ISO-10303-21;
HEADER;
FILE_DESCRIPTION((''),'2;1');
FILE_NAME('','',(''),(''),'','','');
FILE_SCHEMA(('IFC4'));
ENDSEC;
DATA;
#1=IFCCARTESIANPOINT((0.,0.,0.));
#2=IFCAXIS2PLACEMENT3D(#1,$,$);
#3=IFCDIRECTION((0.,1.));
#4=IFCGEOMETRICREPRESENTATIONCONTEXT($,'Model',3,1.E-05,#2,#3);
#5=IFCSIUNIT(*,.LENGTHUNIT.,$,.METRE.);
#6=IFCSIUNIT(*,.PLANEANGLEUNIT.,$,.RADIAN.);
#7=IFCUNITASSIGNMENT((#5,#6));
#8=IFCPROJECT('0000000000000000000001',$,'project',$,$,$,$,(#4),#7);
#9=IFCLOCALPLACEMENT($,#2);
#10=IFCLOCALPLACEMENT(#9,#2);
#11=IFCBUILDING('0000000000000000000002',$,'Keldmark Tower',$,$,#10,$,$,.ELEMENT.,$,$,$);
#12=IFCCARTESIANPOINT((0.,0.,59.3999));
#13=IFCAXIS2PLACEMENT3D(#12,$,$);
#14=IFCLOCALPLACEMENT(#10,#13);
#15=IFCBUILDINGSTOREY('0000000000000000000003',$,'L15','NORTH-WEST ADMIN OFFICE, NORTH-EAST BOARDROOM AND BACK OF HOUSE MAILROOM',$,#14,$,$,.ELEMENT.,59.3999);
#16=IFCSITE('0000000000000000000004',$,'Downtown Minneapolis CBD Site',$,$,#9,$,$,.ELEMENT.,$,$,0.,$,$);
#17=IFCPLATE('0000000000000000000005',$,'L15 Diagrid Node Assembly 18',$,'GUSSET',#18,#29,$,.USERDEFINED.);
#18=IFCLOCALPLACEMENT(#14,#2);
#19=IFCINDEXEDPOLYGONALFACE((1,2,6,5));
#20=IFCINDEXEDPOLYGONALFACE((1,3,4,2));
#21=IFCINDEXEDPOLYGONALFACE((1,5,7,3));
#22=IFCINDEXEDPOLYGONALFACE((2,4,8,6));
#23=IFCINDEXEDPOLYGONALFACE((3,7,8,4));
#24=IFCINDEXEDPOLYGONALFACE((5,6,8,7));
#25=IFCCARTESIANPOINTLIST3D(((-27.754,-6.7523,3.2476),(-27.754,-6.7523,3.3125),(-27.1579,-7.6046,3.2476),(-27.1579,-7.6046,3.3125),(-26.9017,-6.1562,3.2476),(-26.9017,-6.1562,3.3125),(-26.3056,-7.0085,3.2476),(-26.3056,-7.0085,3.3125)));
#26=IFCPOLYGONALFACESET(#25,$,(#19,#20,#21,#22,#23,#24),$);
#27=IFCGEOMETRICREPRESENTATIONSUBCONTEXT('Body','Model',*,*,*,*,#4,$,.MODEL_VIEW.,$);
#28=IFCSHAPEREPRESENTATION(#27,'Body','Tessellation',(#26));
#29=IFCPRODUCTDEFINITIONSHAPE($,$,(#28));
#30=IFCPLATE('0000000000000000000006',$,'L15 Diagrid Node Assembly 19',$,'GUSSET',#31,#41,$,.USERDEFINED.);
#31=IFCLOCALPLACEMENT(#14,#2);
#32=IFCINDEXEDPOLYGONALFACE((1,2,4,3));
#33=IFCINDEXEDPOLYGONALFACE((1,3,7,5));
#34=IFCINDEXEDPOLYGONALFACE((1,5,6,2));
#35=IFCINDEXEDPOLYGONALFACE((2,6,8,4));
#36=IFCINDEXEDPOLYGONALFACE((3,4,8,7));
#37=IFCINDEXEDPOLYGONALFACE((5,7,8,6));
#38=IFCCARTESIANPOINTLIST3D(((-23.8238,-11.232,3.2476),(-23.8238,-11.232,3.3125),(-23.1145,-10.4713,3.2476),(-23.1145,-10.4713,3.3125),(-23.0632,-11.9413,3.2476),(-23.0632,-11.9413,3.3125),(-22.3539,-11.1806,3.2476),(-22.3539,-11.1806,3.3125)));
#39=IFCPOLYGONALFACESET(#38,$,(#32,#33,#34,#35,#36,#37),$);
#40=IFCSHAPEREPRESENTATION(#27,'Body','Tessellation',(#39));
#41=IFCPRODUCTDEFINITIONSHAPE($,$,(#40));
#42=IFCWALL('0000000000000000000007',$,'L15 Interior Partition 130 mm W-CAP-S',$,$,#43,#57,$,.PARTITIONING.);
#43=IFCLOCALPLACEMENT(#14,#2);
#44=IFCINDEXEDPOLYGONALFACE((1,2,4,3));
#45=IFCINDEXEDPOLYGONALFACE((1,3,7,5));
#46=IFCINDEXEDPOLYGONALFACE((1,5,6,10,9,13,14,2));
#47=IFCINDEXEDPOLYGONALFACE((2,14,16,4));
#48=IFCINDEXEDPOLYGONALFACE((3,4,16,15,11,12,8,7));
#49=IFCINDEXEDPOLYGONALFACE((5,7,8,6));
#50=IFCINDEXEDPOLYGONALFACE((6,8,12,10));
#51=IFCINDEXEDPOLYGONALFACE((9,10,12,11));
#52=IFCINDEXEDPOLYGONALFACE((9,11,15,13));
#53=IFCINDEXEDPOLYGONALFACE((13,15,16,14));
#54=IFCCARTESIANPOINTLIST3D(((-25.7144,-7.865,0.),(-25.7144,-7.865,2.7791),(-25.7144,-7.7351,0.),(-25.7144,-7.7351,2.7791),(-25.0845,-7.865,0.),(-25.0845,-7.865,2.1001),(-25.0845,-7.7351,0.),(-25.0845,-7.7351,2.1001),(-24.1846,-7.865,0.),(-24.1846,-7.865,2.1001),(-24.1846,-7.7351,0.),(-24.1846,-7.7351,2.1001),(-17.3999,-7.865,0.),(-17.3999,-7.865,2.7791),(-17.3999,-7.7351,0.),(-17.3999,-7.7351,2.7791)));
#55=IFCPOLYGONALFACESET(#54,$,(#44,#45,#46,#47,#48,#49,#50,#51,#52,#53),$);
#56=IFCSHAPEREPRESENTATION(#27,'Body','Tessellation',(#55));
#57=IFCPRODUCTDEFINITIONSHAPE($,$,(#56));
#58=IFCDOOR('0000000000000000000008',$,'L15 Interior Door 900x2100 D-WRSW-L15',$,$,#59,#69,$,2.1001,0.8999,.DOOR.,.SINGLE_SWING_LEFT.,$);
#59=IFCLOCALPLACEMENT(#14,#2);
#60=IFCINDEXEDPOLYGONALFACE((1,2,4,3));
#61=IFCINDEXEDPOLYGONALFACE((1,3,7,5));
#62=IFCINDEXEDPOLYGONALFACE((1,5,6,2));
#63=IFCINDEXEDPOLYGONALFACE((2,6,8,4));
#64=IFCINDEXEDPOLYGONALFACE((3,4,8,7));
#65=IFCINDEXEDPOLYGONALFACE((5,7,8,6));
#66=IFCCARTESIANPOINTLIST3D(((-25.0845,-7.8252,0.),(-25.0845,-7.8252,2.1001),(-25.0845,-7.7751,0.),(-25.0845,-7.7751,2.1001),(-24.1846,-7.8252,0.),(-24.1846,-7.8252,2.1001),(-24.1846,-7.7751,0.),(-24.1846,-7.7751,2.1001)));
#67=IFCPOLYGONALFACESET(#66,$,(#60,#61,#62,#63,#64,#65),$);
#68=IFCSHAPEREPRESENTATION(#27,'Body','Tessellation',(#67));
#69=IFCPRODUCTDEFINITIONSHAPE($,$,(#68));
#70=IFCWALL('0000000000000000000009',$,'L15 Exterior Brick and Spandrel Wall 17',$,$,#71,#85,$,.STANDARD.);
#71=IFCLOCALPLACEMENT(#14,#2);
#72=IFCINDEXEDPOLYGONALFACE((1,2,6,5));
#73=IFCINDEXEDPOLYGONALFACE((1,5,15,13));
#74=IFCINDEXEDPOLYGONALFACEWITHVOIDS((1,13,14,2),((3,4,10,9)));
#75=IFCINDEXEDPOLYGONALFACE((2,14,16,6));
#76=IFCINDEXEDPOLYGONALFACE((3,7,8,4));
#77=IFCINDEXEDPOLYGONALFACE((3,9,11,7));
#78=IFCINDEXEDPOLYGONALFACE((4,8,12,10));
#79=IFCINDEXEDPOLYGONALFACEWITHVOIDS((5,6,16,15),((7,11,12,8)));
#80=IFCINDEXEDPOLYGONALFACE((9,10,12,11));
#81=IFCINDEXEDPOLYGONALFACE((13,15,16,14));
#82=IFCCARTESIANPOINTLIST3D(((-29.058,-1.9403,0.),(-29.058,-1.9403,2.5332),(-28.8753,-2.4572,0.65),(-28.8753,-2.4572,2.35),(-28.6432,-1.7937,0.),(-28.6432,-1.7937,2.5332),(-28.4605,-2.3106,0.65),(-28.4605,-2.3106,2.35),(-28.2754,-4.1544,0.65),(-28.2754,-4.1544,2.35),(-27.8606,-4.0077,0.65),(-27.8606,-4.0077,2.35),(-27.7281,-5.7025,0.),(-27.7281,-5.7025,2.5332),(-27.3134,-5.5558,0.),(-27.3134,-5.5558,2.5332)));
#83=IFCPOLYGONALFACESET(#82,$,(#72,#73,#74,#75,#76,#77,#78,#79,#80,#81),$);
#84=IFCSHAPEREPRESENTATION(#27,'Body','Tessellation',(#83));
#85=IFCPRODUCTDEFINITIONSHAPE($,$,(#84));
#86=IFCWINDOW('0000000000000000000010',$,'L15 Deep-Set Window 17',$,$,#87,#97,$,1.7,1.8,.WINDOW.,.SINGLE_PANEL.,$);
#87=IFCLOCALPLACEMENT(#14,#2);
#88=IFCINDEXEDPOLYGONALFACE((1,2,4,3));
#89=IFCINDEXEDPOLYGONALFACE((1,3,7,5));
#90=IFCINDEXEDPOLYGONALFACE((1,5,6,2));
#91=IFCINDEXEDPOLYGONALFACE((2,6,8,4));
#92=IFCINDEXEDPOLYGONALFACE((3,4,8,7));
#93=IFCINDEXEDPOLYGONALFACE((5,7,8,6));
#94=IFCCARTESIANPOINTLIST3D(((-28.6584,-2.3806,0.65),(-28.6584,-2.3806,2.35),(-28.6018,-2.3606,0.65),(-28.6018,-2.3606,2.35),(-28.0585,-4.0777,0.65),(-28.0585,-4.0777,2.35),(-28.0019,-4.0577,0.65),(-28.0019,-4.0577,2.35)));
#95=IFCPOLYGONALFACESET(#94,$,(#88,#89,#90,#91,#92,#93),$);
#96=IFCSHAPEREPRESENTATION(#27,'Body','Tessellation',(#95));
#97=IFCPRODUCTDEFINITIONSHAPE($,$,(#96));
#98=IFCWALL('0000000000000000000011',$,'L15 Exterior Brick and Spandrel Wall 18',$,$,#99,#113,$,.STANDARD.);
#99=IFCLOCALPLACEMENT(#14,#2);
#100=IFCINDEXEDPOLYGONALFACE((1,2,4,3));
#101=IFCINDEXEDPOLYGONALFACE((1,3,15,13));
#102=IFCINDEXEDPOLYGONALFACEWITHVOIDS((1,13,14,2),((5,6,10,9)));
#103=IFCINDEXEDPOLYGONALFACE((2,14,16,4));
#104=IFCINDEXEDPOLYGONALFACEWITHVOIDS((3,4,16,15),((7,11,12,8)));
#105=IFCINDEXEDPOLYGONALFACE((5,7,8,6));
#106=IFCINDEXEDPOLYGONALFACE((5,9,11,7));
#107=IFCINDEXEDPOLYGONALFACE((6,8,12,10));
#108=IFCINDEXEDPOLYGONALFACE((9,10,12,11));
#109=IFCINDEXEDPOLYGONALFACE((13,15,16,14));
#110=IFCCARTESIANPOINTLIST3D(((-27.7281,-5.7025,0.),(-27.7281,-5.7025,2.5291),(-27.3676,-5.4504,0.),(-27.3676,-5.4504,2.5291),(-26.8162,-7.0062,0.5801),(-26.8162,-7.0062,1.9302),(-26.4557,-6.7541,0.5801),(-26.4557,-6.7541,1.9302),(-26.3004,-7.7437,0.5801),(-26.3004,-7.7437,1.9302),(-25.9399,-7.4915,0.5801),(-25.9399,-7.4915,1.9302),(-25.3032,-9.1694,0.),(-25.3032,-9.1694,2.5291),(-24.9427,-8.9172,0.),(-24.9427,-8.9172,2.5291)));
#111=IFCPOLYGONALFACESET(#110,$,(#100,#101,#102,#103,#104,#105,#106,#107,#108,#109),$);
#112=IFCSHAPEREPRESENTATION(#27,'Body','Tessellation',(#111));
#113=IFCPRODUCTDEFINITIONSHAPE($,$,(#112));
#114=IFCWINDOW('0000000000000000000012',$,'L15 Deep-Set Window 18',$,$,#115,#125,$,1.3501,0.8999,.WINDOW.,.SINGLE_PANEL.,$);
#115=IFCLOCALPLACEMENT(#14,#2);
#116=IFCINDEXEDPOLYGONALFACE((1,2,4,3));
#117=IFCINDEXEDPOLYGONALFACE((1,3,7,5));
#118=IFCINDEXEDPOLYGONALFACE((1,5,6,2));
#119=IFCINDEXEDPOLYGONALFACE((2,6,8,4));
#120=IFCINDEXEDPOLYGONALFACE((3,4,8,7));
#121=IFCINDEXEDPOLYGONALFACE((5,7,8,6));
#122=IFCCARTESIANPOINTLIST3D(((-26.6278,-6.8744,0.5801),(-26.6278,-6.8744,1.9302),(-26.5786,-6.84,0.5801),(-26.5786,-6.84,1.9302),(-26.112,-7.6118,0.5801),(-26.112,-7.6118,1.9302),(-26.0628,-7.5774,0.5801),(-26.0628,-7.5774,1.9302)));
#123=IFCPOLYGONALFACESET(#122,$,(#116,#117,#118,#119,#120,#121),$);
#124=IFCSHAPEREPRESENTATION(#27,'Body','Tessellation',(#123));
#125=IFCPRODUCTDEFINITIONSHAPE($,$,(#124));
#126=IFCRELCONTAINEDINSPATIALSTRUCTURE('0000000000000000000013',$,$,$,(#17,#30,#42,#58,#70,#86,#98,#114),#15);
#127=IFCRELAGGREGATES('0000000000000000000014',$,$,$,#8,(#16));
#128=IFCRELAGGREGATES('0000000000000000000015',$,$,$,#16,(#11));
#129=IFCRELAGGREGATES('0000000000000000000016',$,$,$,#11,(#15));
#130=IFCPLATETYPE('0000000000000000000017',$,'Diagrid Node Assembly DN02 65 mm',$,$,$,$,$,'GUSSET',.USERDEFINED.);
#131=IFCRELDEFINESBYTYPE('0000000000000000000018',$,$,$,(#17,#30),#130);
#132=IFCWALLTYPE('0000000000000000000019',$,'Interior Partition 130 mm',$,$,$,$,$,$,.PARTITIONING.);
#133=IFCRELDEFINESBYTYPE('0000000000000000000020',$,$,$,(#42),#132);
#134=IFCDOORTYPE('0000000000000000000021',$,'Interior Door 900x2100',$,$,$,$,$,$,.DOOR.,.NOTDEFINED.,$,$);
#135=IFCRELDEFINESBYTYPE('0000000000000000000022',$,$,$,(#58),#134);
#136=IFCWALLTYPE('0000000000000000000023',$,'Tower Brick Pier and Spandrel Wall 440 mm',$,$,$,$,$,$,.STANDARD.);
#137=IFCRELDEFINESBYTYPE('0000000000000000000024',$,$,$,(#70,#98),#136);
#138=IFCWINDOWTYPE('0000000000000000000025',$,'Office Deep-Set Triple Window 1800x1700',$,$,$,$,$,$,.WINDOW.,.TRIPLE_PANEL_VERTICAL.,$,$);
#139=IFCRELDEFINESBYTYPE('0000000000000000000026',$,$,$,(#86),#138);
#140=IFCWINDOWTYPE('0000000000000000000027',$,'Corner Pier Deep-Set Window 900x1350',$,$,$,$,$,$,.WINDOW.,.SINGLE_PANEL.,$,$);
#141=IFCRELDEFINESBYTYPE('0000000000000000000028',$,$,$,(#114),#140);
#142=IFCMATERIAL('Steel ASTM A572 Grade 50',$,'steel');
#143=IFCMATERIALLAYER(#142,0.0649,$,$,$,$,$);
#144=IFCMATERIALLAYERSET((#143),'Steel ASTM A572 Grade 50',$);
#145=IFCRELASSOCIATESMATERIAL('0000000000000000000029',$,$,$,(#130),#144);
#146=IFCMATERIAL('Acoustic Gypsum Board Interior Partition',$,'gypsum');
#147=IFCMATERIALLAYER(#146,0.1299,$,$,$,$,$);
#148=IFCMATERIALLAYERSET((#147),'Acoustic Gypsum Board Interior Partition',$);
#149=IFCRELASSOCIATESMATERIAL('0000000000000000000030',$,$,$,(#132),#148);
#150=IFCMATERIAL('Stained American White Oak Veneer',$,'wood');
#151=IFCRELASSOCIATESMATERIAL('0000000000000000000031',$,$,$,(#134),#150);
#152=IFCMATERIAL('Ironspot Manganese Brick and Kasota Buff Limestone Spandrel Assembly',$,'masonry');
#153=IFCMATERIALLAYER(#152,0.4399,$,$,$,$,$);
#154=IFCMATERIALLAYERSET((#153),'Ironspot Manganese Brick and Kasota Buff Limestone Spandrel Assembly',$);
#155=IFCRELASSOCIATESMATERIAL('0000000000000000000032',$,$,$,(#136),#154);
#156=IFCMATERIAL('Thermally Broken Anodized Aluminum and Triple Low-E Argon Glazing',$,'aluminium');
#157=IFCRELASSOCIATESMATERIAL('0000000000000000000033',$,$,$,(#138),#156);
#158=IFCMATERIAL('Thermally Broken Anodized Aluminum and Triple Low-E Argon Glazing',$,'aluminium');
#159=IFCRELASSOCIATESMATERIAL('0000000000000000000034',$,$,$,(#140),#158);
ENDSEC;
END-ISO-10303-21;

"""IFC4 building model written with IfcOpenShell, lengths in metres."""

from ifc_helpers import new_model, si_unit, direction, frame, frame_2d, origin, origin_2d, place, context, subcontext, project, spatial, rectangle, extrude, material, layer, layer_set, type_object, element, fill, save


model = new_model("IFC4")

# Units and contexts
model_context = context("Model", 3, precision=1e-05, world=origin(), true_north=direction((0.0, 1.0)))
body_context = subcontext(model_context, "Body", "Model", "MODEL_VIEW")
ifc_project = project(units=[si_unit("LENGTHUNIT", "METRE"), si_unit("PLANEANGLEUNIT", "RADIAN")], contexts=[model_context])

# Site, building, storey
site_placement = place(None, origin())
site = spatial("IfcSite", under=ifc_project, at=site_placement, Name="Downtown Minneapolis CBD Site", CompositionType="ELEMENT", RefElevation=0.0)
building_placement = place(site_placement, origin())
building = spatial("IfcBuilding", under=site, at=building_placement, Name="Keldmark Tower", CompositionType="ELEMENT")
storey_placement = place(building_placement, frame((0.0, 0.0, 59.3999)))
storey = spatial("IfcBuildingStorey", under=building, at=storey_placement, Name="L15", Description="NORTH-WEST ADMIN OFFICE, NORTH-EAST BOARDROOM AND BACK OF HOUSE MAILROOM", CompositionType="ELEMENT", Elevation=59.3999)

# Plates
ifc_material_1 = material(Name="Steel ASTM A572 Grade 50", Category="steel")
ifc_layer_1 = layer(ifc_material_1, 0.0649)
ifc_layer_set_1 = layer_set([ifc_layer_1], Name="Steel ASTM A572 Grade 50")
plate_type = type_object("IfcPlateType", Name="Diagrid Node Assembly DN02 65 mm", ElementType="GUSSET", PredefinedType="USERDEFINED", material=ifc_layer_set_1)
for number, where, z_axis, x_axis, name in (
    (1, (-27.0298, -6.8804, 3.2476), (0.0, 0.0, 1.0), (0.573147, -0.819452, 0.0), "L15 Diagrid Node Assembly 18"),
    (2, (-23.0889, -11.2063, 3.2476), (0.0, 0.0, 1.0), (0.731354, -0.681998, 0.0), "L15 Diagrid Node Assembly 19"),
):
    element("IfcPlate", number, at=place(storey_placement, frame(where, z_axis=z_axis, x_axis=x_axis)), inside=storey, type_object=plate_type, Name=name, ObjectType="GUSSET", PredefinedType="USERDEFINED", context=body_context, shape_type="SweptSolid", body=[
        extrude(rectangle(XDim=1.04, YDim=1.04, at=origin_2d()), origin(), (0.0, 0.0, 1.0), 0.0649),
    ])

# Wall, opening, door
ifc_material_2 = material(Name="Acoustic Gypsum Board Interior Partition", Category="gypsum")
ifc_layer_2 = layer(ifc_material_2, 0.1299)
ifc_layer_set_2 = layer_set([ifc_layer_2], Name="Acoustic Gypsum Board Interior Partition")
wall_type_1 = type_object("IfcWallType", Name="Interior Partition 130 mm", PredefinedType="PARTITIONING", material=ifc_layer_set_2)
wall_1_placement = place(storey_placement, frame((-25.7144, -7.8, 0.0), z_axis=(0.0, 0.0, 1.0), x_axis=(1.0, 0.0, 0.0)))
wall_1 = element("IfcWall", 3, at=wall_1_placement, inside=storey, type_object=wall_type_1, Name="L15 Interior Partition 130 mm W-CAP-S", PredefinedType="PARTITIONING", context=body_context, shape_type="SweptSolid", body=[
    extrude(rectangle(XDim=8.3145, YDim=0.1299, at=frame_2d((4.1572, 0.0))), origin(), (0.0, 0.0, 1.0), 2.7791),
])
opening_1_placement = place(wall_1_placement, frame((0.6299, 0.0, 0.0)))
opening_1 = element("IfcOpeningElement", 4, at=opening_1_placement, cuts=wall_1, PredefinedType="OPENING", context=body_context, shape_type="SweptSolid", body=[
    extrude(rectangle(XDim=0.8999, YDim=2.1001, at=frame_2d((0.45, 1.05))), frame((0.0, 0.075, 0.0), z_axis=(0.0, -1.0, 0.0), x_axis=(1.0, 0.0, 0.0)), (0.0, 0.0, 1.0), 0.1499),
])
ifc_material_3 = material(Name="Stained American White Oak Veneer", Category="wood")
door_type = type_object("IfcDoorType", Name="Interior Door 900x2100", OperationType="NOTDEFINED", PredefinedType="DOOR", material=ifc_material_3)
door_placement = place(opening_1_placement, origin())
door = element("IfcDoor", 5, at=door_placement, inside=storey, type_object=door_type, Name="L15 Interior Door 900x2100 D-WRSW-L15", OperationType="SINGLE_SWING_LEFT", OverallHeight=2.1001, OverallWidth=0.8999, PredefinedType="DOOR", context=body_context, shape_type="SweptSolid", body=[
    extrude(rectangle(XDim=0.8999, YDim=2.1001, at=frame_2d((0.45, 1.05))), frame((0.0, 0.0249, 0.0), z_axis=(0.0, -1.0, 0.0), x_axis=(1.0, 0.0, 0.0)), (0.0, 0.0, 1.0), 0.05),
])
fill(opening_1, door)

# Walls, openings, windows
ifc_material_4 = material(Name="Ironspot Manganese Brick and Kasota Buff Limestone Spandrel Assembly", Category="masonry")
ifc_layer_3 = layer(ifc_material_4, 0.4399)
ifc_layer_set_3 = layer_set([ifc_layer_3], Name="Ironspot Manganese Brick and Kasota Buff Limestone Spandrel Assembly")
wall_type_2 = type_object("IfcWallType", Name="Tower Brick Pier and Spandrel Wall 440 mm", PredefinedType="STANDARD", material=ifc_layer_set_3)
wall_2_placement = place(storey_placement, frame((-27.5208, -5.6292, 0.0), z_axis=(0.0, 0.0, 1.0), x_axis=(-0.333265, 0.942833, 0.0)))
wall_2 = element("IfcWall", 6, at=wall_2_placement, inside=storey, type_object=wall_type_2, Name="L15 Exterior Brick and Spandrel Wall 17", PredefinedType="STANDARD", context=body_context, shape_type="SweptSolid", body=[
    extrude(rectangle(XDim=3.9902, YDim=0.4399, at=frame_2d((1.9951, 0.0))), origin(), (0.0, 0.0, 1.0), 2.5332),
])
opening_2_placement = place(wall_2_placement, frame((1.6421, 0.0, 0.6499)))
opening_2 = element("IfcOpeningElement", 7, at=opening_2_placement, cuts=wall_2, PredefinedType="OPENING", context=body_context, shape_type="SweptSolid", body=[
    extrude(rectangle(XDim=1.8, YDim=1.7, at=frame_2d((0.8999, 0.8501))), frame((0.0, 0.23, 0.0), z_axis=(0.0, -1.0, 0.0), x_axis=(1.0, 0.0, 0.0)), (0.0, 0.0, 1.0), 0.46),
])
ifc_material_5 = material(Name="Thermally Broken Anodized Aluminum and Triple Low-E Argon Glazing", Category="aluminium")
window_type_1 = type_object("IfcWindowType", Name="Office Deep-Set Triple Window 1800x1700", PartitioningType="TRIPLE_PANEL_VERTICAL", PredefinedType="WINDOW", material=ifc_material_5)
window_1_placement = place(opening_2_placement, origin())
window_1 = element("IfcWindow", 8, at=window_1_placement, inside=storey, type_object=window_type_1, Name="L15 Deep-Set Window 17", OverallHeight=1.7, OverallWidth=1.8, PartitioningType="SINGLE_PANEL", PredefinedType="WINDOW", context=body_context, shape_type="SweptSolid", body=[
    extrude(rectangle(XDim=1.8, YDim=1.7, at=frame_2d((0.8999, 0.8501))), frame((0.0, -0.01, 0.0), z_axis=(0.0, -1.0, 0.0), x_axis=(1.0, 0.0, 0.0)), (0.0, 0.0, 1.0), 0.0601),
])
fill(opening_2, window_1)
wall_3_placement = place(storey_placement, frame((-25.123, -9.0432, 0.0), z_axis=(0.0, 0.0, 1.0), x_axis=(-0.573152, 0.819449, 0.0)))
wall_3 = element("IfcWall", 9, at=wall_3_placement, inside=storey, type_object=wall_type_2, Name="L15 Exterior Brick and Spandrel Wall 18", PredefinedType="STANDARD", context=body_context, shape_type="SweptSolid", body=[
    extrude(rectangle(XDim=4.2307, YDim=0.4399, at=frame_2d((2.1152, 0.0))), origin(), (0.0, 0.0, 1.0), 2.5291),
])
opening_3_placement = place(wall_3_placement, frame((1.7397, 0.0, 0.5801)))
opening_3 = element("IfcOpeningElement", 10, at=opening_3_placement, cuts=wall_3, PredefinedType="OPENING", context=body_context, shape_type="SweptSolid", body=[
    extrude(rectangle(XDim=0.8999, YDim=1.3501, at=frame_2d((0.45, 0.675))), frame((0.0, 0.23, 0.0), z_axis=(0.0, -1.0, 0.0), x_axis=(1.0, 0.0, 0.0)), (0.0, 0.0, 1.0), 0.46),
])
ifc_material_6 = material(Name="Thermally Broken Anodized Aluminum and Triple Low-E Argon Glazing", Category="aluminium")
window_type_2 = type_object("IfcWindowType", Name="Corner Pier Deep-Set Window 900x1350", PartitioningType="SINGLE_PANEL", PredefinedType="WINDOW", material=ifc_material_6)
window_2_placement = place(opening_3_placement, origin())
window_2 = element("IfcWindow", 11, at=window_2_placement, inside=storey, type_object=window_type_2, Name="L15 Deep-Set Window 18", OverallHeight=1.3501, OverallWidth=0.8999, PartitioningType="SINGLE_PANEL", PredefinedType="WINDOW", context=body_context, shape_type="SweptSolid", body=[
    extrude(rectangle(XDim=0.8999, YDim=1.3501, at=frame_2d((0.45, 0.675))), frame((0.0, -0.01, 0.0), z_axis=(0.0, -1.0, 0.0), x_axis=(1.0, 0.0, 0.0)), (0.0, 0.0, 1.0), 0.0601),
])
fill(opening_3, window_2)

save(model, "model.ifc")
